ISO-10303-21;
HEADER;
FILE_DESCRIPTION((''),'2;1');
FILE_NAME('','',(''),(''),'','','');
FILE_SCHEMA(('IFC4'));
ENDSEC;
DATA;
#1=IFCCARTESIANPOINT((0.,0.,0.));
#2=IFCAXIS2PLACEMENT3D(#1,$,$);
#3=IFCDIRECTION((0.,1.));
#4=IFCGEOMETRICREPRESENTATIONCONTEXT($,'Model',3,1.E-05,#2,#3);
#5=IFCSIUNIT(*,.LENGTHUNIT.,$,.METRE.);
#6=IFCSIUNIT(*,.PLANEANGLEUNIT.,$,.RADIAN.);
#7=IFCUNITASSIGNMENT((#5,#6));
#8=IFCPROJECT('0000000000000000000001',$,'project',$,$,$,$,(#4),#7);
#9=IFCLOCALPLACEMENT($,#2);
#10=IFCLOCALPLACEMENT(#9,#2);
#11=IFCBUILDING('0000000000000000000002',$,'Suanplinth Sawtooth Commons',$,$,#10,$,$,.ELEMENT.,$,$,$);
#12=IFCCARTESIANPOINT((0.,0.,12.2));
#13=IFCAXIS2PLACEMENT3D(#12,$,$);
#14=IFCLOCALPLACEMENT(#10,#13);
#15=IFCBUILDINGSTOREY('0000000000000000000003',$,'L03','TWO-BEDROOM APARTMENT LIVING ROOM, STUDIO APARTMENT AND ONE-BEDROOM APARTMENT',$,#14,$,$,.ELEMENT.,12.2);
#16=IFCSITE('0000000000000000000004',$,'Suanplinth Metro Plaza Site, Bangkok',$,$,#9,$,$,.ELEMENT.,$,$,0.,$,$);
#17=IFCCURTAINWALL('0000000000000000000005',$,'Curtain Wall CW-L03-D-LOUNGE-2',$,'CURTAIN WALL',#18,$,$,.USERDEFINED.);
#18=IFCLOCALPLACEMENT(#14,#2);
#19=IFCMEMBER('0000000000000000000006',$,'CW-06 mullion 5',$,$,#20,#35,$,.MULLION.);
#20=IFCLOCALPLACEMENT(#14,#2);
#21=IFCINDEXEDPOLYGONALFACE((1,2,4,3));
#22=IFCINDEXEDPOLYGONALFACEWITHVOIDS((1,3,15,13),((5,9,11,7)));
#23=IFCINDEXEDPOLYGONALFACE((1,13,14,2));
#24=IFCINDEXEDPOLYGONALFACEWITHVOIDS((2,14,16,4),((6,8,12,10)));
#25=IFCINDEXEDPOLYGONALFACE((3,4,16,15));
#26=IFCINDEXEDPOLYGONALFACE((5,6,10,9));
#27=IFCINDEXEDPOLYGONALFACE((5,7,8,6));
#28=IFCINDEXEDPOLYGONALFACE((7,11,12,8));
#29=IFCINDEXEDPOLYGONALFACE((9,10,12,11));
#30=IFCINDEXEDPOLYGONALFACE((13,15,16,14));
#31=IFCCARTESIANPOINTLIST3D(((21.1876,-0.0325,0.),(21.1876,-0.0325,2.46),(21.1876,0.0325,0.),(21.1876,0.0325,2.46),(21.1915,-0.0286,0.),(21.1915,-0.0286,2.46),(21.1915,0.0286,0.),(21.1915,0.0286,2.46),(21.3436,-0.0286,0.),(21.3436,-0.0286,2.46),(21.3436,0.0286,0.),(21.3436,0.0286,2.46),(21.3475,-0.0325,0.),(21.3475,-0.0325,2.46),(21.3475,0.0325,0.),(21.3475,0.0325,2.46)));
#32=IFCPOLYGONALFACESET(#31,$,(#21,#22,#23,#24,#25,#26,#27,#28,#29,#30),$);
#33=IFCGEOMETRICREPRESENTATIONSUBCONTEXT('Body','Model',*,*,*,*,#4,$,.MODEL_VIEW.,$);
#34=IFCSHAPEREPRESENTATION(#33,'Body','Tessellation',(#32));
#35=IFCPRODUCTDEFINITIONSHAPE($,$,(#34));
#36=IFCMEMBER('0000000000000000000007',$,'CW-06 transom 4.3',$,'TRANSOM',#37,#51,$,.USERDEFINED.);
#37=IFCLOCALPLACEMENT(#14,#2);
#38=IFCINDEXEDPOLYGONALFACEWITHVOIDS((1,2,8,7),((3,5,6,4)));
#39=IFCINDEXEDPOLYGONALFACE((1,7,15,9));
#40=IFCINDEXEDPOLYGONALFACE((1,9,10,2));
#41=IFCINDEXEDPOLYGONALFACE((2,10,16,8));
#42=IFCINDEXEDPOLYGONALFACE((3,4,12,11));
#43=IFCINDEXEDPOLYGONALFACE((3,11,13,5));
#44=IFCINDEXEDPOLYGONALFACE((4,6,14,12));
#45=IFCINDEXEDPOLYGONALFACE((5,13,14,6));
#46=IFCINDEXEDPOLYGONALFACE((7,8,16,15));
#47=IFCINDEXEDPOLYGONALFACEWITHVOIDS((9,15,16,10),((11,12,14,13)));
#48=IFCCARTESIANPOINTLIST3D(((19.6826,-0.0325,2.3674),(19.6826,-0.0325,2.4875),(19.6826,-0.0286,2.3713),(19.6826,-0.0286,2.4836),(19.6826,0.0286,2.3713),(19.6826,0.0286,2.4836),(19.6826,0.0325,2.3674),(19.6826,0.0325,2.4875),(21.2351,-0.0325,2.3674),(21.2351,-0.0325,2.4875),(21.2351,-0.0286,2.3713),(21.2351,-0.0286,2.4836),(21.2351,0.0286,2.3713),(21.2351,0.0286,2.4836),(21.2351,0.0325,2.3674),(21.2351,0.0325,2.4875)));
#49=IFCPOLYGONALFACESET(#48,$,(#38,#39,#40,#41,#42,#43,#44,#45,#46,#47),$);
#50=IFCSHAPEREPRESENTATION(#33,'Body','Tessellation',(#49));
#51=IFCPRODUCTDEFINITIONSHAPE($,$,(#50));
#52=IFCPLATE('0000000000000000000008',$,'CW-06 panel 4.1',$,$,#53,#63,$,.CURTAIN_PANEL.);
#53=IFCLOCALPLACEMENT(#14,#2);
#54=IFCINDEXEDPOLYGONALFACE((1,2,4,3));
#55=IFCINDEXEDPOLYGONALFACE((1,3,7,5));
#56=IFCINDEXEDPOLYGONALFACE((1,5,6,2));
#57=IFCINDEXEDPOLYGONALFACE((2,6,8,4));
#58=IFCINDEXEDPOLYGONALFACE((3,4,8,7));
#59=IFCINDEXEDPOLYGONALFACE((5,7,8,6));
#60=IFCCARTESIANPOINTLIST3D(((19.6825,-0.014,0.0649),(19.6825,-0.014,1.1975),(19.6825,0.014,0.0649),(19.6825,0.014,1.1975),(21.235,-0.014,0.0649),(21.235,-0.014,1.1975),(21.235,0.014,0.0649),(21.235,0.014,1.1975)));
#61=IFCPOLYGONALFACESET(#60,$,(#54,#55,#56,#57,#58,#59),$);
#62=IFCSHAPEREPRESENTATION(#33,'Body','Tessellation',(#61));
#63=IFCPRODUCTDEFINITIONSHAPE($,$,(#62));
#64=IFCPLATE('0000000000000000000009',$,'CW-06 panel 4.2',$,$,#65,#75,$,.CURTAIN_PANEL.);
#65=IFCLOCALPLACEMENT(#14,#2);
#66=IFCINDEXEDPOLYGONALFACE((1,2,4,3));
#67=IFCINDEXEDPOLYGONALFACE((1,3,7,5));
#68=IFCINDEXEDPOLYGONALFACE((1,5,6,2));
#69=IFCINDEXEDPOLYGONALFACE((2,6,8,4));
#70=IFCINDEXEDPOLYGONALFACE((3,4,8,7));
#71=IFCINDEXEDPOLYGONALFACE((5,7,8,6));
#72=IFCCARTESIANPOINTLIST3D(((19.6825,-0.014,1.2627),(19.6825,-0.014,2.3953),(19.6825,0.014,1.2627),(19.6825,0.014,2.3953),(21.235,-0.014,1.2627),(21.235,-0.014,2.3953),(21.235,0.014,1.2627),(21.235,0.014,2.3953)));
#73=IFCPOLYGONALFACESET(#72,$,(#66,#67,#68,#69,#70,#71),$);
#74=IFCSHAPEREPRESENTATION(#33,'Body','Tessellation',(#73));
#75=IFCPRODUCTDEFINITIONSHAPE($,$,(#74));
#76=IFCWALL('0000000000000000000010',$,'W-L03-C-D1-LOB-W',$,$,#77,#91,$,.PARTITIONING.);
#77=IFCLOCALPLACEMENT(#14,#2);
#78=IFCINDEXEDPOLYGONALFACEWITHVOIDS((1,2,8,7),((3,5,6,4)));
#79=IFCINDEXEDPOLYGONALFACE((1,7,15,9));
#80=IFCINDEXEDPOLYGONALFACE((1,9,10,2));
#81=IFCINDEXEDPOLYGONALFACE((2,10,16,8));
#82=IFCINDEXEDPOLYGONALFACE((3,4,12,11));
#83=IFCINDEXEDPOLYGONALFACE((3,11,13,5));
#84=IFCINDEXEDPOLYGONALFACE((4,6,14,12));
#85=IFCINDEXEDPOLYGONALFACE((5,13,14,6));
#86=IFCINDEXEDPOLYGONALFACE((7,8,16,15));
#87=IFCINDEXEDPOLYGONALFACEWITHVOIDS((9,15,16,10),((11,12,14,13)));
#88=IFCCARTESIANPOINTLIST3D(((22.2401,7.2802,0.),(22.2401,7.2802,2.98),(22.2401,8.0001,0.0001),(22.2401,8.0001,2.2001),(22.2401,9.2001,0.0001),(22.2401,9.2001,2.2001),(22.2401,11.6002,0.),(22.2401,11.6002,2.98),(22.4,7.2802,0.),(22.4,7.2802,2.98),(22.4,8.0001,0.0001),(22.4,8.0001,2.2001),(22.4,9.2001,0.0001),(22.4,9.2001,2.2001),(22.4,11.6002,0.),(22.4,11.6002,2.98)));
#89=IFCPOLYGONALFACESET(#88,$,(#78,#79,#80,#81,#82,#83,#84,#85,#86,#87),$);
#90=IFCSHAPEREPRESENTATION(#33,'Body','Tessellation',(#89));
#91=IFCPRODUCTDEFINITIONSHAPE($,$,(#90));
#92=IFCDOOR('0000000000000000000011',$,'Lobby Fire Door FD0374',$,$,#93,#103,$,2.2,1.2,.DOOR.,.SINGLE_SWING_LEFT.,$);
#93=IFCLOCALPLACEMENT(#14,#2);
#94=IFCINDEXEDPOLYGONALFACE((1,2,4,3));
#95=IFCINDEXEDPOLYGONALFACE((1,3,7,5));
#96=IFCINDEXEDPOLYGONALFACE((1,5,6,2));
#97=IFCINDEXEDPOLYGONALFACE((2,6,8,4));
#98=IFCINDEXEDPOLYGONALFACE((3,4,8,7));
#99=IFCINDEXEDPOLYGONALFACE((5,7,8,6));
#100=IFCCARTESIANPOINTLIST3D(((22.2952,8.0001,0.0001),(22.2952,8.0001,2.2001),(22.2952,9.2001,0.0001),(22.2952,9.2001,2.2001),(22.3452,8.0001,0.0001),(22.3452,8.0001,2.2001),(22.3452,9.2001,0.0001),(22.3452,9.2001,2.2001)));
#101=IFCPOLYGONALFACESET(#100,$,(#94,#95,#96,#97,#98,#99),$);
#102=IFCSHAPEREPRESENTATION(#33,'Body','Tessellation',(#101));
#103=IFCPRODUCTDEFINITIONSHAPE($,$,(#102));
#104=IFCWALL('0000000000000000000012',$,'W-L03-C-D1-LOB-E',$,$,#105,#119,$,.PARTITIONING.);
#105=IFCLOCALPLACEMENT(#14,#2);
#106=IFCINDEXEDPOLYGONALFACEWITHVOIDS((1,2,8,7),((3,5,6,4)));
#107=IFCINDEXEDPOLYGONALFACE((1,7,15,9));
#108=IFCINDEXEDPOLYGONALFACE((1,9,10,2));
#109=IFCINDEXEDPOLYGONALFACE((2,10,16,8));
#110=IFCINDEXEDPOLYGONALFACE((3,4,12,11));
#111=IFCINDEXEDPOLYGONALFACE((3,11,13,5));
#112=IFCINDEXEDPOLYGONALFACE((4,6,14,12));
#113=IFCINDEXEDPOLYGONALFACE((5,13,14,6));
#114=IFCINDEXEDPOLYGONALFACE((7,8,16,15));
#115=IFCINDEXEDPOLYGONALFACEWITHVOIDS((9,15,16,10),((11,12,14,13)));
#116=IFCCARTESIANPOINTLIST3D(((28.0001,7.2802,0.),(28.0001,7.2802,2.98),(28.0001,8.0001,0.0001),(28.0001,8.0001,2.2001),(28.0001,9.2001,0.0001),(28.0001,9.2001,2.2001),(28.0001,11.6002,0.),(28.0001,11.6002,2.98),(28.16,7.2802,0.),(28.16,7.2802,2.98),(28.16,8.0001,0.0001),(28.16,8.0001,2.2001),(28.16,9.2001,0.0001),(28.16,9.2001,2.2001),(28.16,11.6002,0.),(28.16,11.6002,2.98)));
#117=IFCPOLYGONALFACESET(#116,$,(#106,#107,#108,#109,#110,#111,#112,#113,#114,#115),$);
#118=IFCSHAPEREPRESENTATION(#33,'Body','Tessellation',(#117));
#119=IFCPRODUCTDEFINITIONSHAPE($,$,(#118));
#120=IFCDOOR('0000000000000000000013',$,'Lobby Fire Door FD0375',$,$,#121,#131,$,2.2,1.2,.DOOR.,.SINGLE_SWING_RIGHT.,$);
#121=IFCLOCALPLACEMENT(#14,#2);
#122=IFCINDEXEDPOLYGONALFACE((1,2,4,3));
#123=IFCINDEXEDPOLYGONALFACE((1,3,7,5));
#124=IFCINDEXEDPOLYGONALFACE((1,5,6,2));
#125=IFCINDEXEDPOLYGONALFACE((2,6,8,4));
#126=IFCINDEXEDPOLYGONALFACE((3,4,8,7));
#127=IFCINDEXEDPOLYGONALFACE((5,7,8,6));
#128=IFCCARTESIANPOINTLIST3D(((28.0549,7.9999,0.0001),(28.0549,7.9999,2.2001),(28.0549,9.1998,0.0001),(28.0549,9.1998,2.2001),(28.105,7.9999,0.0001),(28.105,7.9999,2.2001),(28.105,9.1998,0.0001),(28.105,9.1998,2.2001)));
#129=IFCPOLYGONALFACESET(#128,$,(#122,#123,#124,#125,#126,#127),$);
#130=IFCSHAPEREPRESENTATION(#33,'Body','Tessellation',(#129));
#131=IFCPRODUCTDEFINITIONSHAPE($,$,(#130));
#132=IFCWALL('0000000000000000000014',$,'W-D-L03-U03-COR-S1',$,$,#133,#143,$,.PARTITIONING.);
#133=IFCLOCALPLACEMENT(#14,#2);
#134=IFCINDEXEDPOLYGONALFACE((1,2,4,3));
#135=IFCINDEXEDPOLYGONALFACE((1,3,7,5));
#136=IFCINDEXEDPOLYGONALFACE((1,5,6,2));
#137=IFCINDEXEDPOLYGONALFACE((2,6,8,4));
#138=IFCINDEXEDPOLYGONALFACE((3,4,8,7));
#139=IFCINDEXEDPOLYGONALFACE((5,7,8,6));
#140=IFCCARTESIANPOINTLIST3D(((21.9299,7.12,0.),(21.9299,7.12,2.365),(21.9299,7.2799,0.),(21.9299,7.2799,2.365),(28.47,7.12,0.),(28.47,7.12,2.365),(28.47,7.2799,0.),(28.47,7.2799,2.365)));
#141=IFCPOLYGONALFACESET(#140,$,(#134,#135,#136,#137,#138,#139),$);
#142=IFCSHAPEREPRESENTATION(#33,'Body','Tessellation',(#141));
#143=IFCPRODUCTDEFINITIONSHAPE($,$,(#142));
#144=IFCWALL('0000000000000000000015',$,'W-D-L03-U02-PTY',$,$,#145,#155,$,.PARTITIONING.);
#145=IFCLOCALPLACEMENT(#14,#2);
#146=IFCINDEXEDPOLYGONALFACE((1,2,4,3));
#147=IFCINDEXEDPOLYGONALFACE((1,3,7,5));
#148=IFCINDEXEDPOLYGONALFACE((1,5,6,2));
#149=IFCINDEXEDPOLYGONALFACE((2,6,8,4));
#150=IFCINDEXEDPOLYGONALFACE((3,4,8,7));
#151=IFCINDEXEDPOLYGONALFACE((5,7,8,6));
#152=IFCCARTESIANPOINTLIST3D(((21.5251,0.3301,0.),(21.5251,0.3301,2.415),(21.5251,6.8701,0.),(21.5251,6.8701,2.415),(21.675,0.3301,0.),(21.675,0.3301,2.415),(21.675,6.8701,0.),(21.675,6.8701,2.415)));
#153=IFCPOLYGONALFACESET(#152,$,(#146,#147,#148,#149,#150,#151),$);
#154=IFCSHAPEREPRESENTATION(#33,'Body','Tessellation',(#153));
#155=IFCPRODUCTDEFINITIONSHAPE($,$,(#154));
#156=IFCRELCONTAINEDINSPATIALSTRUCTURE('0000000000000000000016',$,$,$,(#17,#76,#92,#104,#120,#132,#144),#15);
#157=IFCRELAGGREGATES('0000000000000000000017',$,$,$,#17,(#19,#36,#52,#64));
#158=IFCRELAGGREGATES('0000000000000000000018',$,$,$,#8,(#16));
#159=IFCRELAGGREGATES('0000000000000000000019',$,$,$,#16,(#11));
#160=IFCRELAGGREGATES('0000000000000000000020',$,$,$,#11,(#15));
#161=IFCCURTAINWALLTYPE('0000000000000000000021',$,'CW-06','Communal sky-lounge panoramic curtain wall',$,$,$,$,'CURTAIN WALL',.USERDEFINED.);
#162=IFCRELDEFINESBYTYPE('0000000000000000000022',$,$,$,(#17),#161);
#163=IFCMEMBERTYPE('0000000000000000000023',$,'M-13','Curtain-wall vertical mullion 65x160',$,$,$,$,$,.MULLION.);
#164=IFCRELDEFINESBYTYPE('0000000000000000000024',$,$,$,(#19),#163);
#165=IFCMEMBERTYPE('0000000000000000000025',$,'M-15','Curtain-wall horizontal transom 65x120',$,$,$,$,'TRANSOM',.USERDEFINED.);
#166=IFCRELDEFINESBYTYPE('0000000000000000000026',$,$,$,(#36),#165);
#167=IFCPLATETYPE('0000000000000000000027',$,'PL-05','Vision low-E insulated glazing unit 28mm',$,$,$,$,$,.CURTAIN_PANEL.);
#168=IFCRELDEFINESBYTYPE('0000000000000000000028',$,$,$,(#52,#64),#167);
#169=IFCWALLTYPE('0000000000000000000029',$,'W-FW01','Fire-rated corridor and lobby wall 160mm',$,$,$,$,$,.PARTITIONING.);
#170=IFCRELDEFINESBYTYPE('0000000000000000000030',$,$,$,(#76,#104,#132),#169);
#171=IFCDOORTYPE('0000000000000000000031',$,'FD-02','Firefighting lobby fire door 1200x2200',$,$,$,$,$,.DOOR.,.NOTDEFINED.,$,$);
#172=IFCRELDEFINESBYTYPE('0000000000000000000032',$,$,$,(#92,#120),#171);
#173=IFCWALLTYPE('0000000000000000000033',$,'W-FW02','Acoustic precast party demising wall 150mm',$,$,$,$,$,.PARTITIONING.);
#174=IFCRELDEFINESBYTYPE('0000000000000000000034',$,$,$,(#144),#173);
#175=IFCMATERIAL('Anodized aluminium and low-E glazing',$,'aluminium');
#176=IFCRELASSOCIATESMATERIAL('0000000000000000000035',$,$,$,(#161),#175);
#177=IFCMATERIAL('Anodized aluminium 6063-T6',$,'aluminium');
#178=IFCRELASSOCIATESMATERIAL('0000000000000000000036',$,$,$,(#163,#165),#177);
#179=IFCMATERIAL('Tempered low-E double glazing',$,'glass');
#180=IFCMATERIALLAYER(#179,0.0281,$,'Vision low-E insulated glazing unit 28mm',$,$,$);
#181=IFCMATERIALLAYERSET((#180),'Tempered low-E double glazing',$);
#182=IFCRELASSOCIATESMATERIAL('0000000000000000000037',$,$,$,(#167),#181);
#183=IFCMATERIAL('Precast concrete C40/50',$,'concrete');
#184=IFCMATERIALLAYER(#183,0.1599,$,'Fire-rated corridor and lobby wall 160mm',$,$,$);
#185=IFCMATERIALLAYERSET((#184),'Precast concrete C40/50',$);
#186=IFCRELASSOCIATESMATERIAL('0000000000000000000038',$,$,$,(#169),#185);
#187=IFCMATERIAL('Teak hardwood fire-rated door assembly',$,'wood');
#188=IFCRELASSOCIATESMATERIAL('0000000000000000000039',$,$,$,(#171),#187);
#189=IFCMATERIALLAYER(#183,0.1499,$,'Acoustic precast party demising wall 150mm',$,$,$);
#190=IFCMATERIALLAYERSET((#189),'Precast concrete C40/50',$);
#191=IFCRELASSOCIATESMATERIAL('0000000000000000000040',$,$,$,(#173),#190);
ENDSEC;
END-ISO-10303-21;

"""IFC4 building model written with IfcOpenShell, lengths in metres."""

from ifc_helpers import new_model, si_unit, direction, frame, frame_2d, origin, origin_2d, place, context, subcontext, project, spatial, rectangle, hollow_rectangle, extrude, material, layer, layer_set, material_profile, profile_set, type_object, element, fill, aggregate, save


model = new_model("IFC4")

# Units and contexts
model_context = context("Model", 3, precision=1e-05, world=origin(), true_north=direction((0.0, 1.0)))
body_context = subcontext(model_context, "Body", "Model", "MODEL_VIEW")
ifc_project = project(units=[si_unit("LENGTHUNIT", "METRE"), si_unit("PLANEANGLEUNIT", "RADIAN")], contexts=[model_context])

# Site, building, storey
site_placement = place(None, origin())
site = spatial("IfcSite", under=ifc_project, at=site_placement, Name="Suanplinth Metro Plaza Site, Bangkok", CompositionType="ELEMENT", RefElevation=0.0)
building_placement = place(site_placement, origin())
building = spatial("IfcBuilding", under=site, at=building_placement, Name="Suanplinth Sawtooth Commons", CompositionType="ELEMENT")
storey_placement = place(building_placement, frame((0.0, 0.0, 12.2)))
storey = spatial("IfcBuildingStorey", under=building, at=storey_placement, Name="L03", Description="TWO-BEDROOM APARTMENT LIVING ROOM, STUDIO APARTMENT AND ONE-BEDROOM APARTMENT", CompositionType="ELEMENT", Elevation=12.2)

# Shared definitions
ifc_material_1 = material(Name="Precast concrete C40/50", Category="concrete")

# Curtain wall, members, plates
ifc_material_2 = material(Name="Anodized aluminium and low-E glazing", Category="aluminium")
curtain_wall_type = type_object("IfcCurtainWallType", Name="CW-06", Description="Communal sky-lounge panoramic curtain wall", ElementType="CURTAIN WALL", PredefinedType="USERDEFINED", material=ifc_material_2)
curtain_wall_placement = place(storey_placement, origin())
curtain_wall = element("IfcCurtainWall", 1, at=curtain_wall_placement, inside=storey, type_object=curtain_wall_type, Name="Curtain Wall CW-L03-D-LOUNGE-2", ObjectType="CURTAIN WALL", PredefinedType="USERDEFINED")
ifc_material_3 = material(Name="Anodized aluminium 6063-T6", Category="aluminium")
ifc_material_profile_1 = material_profile(ifc_material_3, hollow_rectangle(XDim=0.0649, YDim=0.1599, WallThickness=0.0039, at=origin_2d()), Name="ALU-MUL 65x160")
ifc_profile_set_1 = profile_set([ifc_material_profile_1], Name="Anodized aluminium 6063-T6")
member_type_1 = type_object("IfcMemberType", Name="M-13", Description="Curtain-wall vertical mullion 65x160", PredefinedType="MULLION", material=ifc_profile_set_1)
member_1_placement = place(storey_placement, frame((21.2676, 0.0, 0.0), z_axis=(0.0, 0.0, 1.0), x_axis=(0.0, 1.0, 0.0)))
member_1 = element("IfcMember", 2, at=member_1_placement, type_object=member_type_1, Name="CW-06 mullion 5", PredefinedType="MULLION", context=body_context, shape_type="SweptSolid", body=[
    extrude(hollow_rectangle(XDim=0.0649, YDim=0.1599, WallThickness=0.0039, at=origin_2d()), origin(), (0.0, 0.0, 1.0), 2.46),
])
ifc_material_profile_2 = material_profile(ifc_material_3, hollow_rectangle(XDim=0.0649, YDim=0.1201, WallThickness=0.0039, at=origin_2d()), Name="ALU-TRN 65x120")
ifc_profile_set_2 = profile_set([ifc_material_profile_2], Name="Anodized aluminium 6063-T6")
member_type_2 = type_object("IfcMemberType", Name="M-15", Description="Curtain-wall horizontal transom 65x120", ElementType="TRANSOM", PredefinedType="USERDEFINED", material=ifc_profile_set_2)
member_2_placement = place(storey_placement, frame((19.6826, 0.0, 2.4275), z_axis=(1.0, 0.0, 0.0), x_axis=(0.0, 1.0, 0.0)))
member_2 = element("IfcMember", 3, at=member_2_placement, type_object=member_type_2, Name="CW-06 transom 4.3", ObjectType="TRANSOM", PredefinedType="USERDEFINED", context=body_context, shape_type="SweptSolid", body=[
    extrude(hollow_rectangle(XDim=0.0649, YDim=0.1201, WallThickness=0.0039, at=origin_2d()), origin(), (0.0, 0.0, 1.0), 1.5525),
])
ifc_material_4 = material(Name="Tempered low-E double glazing", Category="glass")
ifc_layer_1 = layer(ifc_material_4, 0.0281, Name="Vision low-E insulated glazing unit 28mm")
ifc_layer_set_1 = layer_set([ifc_layer_1], Name="Tempered low-E double glazing")
plate_type = type_object("IfcPlateType", Name="PL-05", Description="Vision low-E insulated glazing unit 28mm", PredefinedType="CURTAIN_PANEL", material=ifc_layer_set_1)
plate_1_placement = place(storey_placement, frame((20.4587, 0.0, 0.0649), z_axis=(0.0, 0.0, 1.0), x_axis=(1.0, 0.0, 0.0)))
plate_1 = element("IfcPlate", 4, at=plate_1_placement, type_object=plate_type, Name="CW-06 panel 4.1", PredefinedType="CURTAIN_PANEL", context=body_context, shape_type="SweptSolid", body=[
    extrude(rectangle(XDim=1.5525, YDim=0.0281, at=origin_2d()), origin(), (0.0, 0.0, 1.0), 1.1326),
])
plate_2_placement = place(storey_placement, frame((20.4587, 0.0, 1.2627), z_axis=(0.0, 0.0, 1.0), x_axis=(1.0, 0.0, 0.0)))
plate_2 = element("IfcPlate", 5, at=plate_2_placement, type_object=plate_type, Name="CW-06 panel 4.2", PredefinedType="CURTAIN_PANEL", context=body_context, shape_type="SweptSolid", body=[
    extrude(rectangle(XDim=1.5525, YDim=0.0281, at=origin_2d()), origin(), (0.0, 0.0, 1.0), 1.1326),
])
aggregate(curtain_wall, [member_1, member_2, plate_1, plate_2])

# Walls, openings, doors
ifc_layer_2 = layer(ifc_material_1, 0.1599, Name="Fire-rated corridor and lobby wall 160mm")
ifc_layer_set_2 = layer_set([ifc_layer_2], Name="Precast concrete C40/50")
wall_type_1 = type_object("IfcWallType", Name="W-FW01", Description="Fire-rated corridor and lobby wall 160mm", PredefinedType="PARTITIONING", material=ifc_layer_set_2)
wall_1_placement = place(storey_placement, frame((22.3201, 7.28, 0.0), z_axis=(0.0, 0.0, 1.0), x_axis=(0.0, 1.0, 0.0)))
wall_1 = element("IfcWall", 6, at=wall_1_placement, inside=storey, type_object=wall_type_1, Name="W-L03-C-D1-LOB-W", PredefinedType="PARTITIONING", context=body_context, shape_type="SweptSolid", body=[
    extrude(rectangle(XDim=4.3201, YDim=0.1599, at=frame_2d((2.1602, 0.0))), origin(), (0.0, 0.0, 1.0), 2.98),
])
opening_1_placement = place(wall_1_placement, frame((0.72, 0.0, 0.0)))
opening_1 = element("IfcOpeningElement", 7, at=opening_1_placement, cuts=wall_1, PredefinedType="OPENING", context=body_context, shape_type="SweptSolid", body=[
    extrude(rectangle(XDim=1.2, YDim=2.2, at=frame_2d((0.6001, 1.1001))), frame((0.0, 0.0947, 0.0), z_axis=(0.0, -1.0, 0.0), x_axis=(1.0, 0.0, 0.0)), (0.0, 0.0, 1.0), 0.1897),
])
ifc_material_5 = material(Name="Teak hardwood fire-rated door assembly", Category="wood")
door_type_1 = type_object("IfcDoorType", Name="FD-02", Description="Firefighting lobby fire door 1200x2200", OperationType="NOTDEFINED", PredefinedType="DOOR", material=ifc_material_5)
door_1_placement = place(opening_1_placement, origin())
door_1 = element("IfcDoor", 8, at=door_1_placement, inside=storey, type_object=door_type_1, Name="Lobby Fire Door FD0374", OperationType="SINGLE_SWING_LEFT", OverallHeight=2.2, OverallWidth=1.2, PredefinedType="DOOR", context=body_context, shape_type="SweptSolid", body=[
    extrude(rectangle(XDim=1.2, YDim=2.2, at=frame_2d((0.6001, 1.1001))), frame((0.0, 0.0249, 0.0), z_axis=(0.0, -1.0, 0.0), x_axis=(1.0, 0.0, 0.0)), (0.0, 0.0, 1.0), 0.05),
])
fill(opening_1, door_1)
wall_2_placement = place(storey_placement, frame((28.0801, 7.28, 0.0), z_axis=(0.0, 0.0, 1.0), x_axis=(0.0, 1.0, 0.0)))
wall_2 = element("IfcWall", 9, at=wall_2_placement, inside=storey, type_object=wall_type_1, Name="W-L03-C-D1-LOB-E", PredefinedType="PARTITIONING", context=body_context, shape_type="SweptSolid", body=[
    extrude(rectangle(XDim=4.3201, YDim=0.1599, at=frame_2d((2.1602, 0.0))), origin(), (0.0, 0.0, 1.0), 2.98),
])
opening_2_placement = place(wall_2_placement, frame((0.72, 0.0, 0.0)))
opening_2 = element("IfcOpeningElement", 10, at=opening_2_placement, cuts=wall_2, PredefinedType="OPENING", context=body_context, shape_type="SweptSolid", body=[
    extrude(rectangle(XDim=1.2, YDim=2.2, at=frame_2d((0.6001, 1.1001))), frame((0.0, 0.0947, 0.0), z_axis=(0.0, -1.0, 0.0), x_axis=(1.0, 0.0, 0.0)), (0.0, 0.0, 1.0), 0.1897),
])
door_2_placement = place(opening_2_placement, frame((1.2, 0.0, 0.0), z_axis=(0.0, 0.0, 1.0), x_axis=(-1.0, 0.0, 0.0)))
door_2 = element("IfcDoor", 11, at=door_2_placement, inside=storey, type_object=door_type_1, Name="Lobby Fire Door FD0375", OperationType="SINGLE_SWING_RIGHT", OverallHeight=2.2, OverallWidth=1.2, PredefinedType="DOOR", context=body_context, shape_type="SweptSolid", body=[
    extrude(rectangle(XDim=1.2, YDim=2.2, at=frame_2d((0.6001, 1.1001))), frame((0.0, 0.0249, 0.0), z_axis=(0.0, -1.0, 0.0), x_axis=(1.0, 0.0, 0.0)), (0.0, 0.0, 1.0), 0.05),
])
fill(opening_2, door_2)

# Walls
wall_3_placement = place(storey_placement, frame((21.9299, 7.2, 0.0), z_axis=(0.0, 0.0, 1.0), x_axis=(1.0, 0.0, 0.0)))
element("IfcWall", 12, at=wall_3_placement, inside=storey, type_object=wall_type_1, Name="W-D-L03-U03-COR-S1", PredefinedType="PARTITIONING", context=body_context, shape_type="SweptSolid", body=[
    extrude(rectangle(XDim=6.54, YDim=0.1599, at=frame_2d((3.27, 0.0))), origin(), (0.0, 0.0, 1.0), 2.365),
])
ifc_layer_3 = layer(ifc_material_1, 0.1499, Name="Acoustic precast party demising wall 150mm")
ifc_layer_set_3 = layer_set([ifc_layer_3], Name="Precast concrete C40/50")
wall_type_2 = type_object("IfcWallType", Name="W-FW02", Description="Acoustic precast party demising wall 150mm", PredefinedType="PARTITIONING", material=ifc_layer_set_3)
wall_4_placement = place(storey_placement, frame((21.6001, 0.3301, 0.0), z_axis=(0.0, 0.0, 1.0), x_axis=(0.0, 1.0, 0.0)))
element("IfcWall", 13, at=wall_4_placement, inside=storey, type_object=wall_type_2, Name="W-D-L03-U02-PTY", PredefinedType="PARTITIONING", context=body_context, shape_type="SweptSolid", body=[
    extrude(rectangle(XDim=6.54, YDim=0.1499, at=frame_2d((3.27, 0.0))), origin(), (0.0, 0.0, 1.0), 2.415),
])

save(model, "model.ifc")
